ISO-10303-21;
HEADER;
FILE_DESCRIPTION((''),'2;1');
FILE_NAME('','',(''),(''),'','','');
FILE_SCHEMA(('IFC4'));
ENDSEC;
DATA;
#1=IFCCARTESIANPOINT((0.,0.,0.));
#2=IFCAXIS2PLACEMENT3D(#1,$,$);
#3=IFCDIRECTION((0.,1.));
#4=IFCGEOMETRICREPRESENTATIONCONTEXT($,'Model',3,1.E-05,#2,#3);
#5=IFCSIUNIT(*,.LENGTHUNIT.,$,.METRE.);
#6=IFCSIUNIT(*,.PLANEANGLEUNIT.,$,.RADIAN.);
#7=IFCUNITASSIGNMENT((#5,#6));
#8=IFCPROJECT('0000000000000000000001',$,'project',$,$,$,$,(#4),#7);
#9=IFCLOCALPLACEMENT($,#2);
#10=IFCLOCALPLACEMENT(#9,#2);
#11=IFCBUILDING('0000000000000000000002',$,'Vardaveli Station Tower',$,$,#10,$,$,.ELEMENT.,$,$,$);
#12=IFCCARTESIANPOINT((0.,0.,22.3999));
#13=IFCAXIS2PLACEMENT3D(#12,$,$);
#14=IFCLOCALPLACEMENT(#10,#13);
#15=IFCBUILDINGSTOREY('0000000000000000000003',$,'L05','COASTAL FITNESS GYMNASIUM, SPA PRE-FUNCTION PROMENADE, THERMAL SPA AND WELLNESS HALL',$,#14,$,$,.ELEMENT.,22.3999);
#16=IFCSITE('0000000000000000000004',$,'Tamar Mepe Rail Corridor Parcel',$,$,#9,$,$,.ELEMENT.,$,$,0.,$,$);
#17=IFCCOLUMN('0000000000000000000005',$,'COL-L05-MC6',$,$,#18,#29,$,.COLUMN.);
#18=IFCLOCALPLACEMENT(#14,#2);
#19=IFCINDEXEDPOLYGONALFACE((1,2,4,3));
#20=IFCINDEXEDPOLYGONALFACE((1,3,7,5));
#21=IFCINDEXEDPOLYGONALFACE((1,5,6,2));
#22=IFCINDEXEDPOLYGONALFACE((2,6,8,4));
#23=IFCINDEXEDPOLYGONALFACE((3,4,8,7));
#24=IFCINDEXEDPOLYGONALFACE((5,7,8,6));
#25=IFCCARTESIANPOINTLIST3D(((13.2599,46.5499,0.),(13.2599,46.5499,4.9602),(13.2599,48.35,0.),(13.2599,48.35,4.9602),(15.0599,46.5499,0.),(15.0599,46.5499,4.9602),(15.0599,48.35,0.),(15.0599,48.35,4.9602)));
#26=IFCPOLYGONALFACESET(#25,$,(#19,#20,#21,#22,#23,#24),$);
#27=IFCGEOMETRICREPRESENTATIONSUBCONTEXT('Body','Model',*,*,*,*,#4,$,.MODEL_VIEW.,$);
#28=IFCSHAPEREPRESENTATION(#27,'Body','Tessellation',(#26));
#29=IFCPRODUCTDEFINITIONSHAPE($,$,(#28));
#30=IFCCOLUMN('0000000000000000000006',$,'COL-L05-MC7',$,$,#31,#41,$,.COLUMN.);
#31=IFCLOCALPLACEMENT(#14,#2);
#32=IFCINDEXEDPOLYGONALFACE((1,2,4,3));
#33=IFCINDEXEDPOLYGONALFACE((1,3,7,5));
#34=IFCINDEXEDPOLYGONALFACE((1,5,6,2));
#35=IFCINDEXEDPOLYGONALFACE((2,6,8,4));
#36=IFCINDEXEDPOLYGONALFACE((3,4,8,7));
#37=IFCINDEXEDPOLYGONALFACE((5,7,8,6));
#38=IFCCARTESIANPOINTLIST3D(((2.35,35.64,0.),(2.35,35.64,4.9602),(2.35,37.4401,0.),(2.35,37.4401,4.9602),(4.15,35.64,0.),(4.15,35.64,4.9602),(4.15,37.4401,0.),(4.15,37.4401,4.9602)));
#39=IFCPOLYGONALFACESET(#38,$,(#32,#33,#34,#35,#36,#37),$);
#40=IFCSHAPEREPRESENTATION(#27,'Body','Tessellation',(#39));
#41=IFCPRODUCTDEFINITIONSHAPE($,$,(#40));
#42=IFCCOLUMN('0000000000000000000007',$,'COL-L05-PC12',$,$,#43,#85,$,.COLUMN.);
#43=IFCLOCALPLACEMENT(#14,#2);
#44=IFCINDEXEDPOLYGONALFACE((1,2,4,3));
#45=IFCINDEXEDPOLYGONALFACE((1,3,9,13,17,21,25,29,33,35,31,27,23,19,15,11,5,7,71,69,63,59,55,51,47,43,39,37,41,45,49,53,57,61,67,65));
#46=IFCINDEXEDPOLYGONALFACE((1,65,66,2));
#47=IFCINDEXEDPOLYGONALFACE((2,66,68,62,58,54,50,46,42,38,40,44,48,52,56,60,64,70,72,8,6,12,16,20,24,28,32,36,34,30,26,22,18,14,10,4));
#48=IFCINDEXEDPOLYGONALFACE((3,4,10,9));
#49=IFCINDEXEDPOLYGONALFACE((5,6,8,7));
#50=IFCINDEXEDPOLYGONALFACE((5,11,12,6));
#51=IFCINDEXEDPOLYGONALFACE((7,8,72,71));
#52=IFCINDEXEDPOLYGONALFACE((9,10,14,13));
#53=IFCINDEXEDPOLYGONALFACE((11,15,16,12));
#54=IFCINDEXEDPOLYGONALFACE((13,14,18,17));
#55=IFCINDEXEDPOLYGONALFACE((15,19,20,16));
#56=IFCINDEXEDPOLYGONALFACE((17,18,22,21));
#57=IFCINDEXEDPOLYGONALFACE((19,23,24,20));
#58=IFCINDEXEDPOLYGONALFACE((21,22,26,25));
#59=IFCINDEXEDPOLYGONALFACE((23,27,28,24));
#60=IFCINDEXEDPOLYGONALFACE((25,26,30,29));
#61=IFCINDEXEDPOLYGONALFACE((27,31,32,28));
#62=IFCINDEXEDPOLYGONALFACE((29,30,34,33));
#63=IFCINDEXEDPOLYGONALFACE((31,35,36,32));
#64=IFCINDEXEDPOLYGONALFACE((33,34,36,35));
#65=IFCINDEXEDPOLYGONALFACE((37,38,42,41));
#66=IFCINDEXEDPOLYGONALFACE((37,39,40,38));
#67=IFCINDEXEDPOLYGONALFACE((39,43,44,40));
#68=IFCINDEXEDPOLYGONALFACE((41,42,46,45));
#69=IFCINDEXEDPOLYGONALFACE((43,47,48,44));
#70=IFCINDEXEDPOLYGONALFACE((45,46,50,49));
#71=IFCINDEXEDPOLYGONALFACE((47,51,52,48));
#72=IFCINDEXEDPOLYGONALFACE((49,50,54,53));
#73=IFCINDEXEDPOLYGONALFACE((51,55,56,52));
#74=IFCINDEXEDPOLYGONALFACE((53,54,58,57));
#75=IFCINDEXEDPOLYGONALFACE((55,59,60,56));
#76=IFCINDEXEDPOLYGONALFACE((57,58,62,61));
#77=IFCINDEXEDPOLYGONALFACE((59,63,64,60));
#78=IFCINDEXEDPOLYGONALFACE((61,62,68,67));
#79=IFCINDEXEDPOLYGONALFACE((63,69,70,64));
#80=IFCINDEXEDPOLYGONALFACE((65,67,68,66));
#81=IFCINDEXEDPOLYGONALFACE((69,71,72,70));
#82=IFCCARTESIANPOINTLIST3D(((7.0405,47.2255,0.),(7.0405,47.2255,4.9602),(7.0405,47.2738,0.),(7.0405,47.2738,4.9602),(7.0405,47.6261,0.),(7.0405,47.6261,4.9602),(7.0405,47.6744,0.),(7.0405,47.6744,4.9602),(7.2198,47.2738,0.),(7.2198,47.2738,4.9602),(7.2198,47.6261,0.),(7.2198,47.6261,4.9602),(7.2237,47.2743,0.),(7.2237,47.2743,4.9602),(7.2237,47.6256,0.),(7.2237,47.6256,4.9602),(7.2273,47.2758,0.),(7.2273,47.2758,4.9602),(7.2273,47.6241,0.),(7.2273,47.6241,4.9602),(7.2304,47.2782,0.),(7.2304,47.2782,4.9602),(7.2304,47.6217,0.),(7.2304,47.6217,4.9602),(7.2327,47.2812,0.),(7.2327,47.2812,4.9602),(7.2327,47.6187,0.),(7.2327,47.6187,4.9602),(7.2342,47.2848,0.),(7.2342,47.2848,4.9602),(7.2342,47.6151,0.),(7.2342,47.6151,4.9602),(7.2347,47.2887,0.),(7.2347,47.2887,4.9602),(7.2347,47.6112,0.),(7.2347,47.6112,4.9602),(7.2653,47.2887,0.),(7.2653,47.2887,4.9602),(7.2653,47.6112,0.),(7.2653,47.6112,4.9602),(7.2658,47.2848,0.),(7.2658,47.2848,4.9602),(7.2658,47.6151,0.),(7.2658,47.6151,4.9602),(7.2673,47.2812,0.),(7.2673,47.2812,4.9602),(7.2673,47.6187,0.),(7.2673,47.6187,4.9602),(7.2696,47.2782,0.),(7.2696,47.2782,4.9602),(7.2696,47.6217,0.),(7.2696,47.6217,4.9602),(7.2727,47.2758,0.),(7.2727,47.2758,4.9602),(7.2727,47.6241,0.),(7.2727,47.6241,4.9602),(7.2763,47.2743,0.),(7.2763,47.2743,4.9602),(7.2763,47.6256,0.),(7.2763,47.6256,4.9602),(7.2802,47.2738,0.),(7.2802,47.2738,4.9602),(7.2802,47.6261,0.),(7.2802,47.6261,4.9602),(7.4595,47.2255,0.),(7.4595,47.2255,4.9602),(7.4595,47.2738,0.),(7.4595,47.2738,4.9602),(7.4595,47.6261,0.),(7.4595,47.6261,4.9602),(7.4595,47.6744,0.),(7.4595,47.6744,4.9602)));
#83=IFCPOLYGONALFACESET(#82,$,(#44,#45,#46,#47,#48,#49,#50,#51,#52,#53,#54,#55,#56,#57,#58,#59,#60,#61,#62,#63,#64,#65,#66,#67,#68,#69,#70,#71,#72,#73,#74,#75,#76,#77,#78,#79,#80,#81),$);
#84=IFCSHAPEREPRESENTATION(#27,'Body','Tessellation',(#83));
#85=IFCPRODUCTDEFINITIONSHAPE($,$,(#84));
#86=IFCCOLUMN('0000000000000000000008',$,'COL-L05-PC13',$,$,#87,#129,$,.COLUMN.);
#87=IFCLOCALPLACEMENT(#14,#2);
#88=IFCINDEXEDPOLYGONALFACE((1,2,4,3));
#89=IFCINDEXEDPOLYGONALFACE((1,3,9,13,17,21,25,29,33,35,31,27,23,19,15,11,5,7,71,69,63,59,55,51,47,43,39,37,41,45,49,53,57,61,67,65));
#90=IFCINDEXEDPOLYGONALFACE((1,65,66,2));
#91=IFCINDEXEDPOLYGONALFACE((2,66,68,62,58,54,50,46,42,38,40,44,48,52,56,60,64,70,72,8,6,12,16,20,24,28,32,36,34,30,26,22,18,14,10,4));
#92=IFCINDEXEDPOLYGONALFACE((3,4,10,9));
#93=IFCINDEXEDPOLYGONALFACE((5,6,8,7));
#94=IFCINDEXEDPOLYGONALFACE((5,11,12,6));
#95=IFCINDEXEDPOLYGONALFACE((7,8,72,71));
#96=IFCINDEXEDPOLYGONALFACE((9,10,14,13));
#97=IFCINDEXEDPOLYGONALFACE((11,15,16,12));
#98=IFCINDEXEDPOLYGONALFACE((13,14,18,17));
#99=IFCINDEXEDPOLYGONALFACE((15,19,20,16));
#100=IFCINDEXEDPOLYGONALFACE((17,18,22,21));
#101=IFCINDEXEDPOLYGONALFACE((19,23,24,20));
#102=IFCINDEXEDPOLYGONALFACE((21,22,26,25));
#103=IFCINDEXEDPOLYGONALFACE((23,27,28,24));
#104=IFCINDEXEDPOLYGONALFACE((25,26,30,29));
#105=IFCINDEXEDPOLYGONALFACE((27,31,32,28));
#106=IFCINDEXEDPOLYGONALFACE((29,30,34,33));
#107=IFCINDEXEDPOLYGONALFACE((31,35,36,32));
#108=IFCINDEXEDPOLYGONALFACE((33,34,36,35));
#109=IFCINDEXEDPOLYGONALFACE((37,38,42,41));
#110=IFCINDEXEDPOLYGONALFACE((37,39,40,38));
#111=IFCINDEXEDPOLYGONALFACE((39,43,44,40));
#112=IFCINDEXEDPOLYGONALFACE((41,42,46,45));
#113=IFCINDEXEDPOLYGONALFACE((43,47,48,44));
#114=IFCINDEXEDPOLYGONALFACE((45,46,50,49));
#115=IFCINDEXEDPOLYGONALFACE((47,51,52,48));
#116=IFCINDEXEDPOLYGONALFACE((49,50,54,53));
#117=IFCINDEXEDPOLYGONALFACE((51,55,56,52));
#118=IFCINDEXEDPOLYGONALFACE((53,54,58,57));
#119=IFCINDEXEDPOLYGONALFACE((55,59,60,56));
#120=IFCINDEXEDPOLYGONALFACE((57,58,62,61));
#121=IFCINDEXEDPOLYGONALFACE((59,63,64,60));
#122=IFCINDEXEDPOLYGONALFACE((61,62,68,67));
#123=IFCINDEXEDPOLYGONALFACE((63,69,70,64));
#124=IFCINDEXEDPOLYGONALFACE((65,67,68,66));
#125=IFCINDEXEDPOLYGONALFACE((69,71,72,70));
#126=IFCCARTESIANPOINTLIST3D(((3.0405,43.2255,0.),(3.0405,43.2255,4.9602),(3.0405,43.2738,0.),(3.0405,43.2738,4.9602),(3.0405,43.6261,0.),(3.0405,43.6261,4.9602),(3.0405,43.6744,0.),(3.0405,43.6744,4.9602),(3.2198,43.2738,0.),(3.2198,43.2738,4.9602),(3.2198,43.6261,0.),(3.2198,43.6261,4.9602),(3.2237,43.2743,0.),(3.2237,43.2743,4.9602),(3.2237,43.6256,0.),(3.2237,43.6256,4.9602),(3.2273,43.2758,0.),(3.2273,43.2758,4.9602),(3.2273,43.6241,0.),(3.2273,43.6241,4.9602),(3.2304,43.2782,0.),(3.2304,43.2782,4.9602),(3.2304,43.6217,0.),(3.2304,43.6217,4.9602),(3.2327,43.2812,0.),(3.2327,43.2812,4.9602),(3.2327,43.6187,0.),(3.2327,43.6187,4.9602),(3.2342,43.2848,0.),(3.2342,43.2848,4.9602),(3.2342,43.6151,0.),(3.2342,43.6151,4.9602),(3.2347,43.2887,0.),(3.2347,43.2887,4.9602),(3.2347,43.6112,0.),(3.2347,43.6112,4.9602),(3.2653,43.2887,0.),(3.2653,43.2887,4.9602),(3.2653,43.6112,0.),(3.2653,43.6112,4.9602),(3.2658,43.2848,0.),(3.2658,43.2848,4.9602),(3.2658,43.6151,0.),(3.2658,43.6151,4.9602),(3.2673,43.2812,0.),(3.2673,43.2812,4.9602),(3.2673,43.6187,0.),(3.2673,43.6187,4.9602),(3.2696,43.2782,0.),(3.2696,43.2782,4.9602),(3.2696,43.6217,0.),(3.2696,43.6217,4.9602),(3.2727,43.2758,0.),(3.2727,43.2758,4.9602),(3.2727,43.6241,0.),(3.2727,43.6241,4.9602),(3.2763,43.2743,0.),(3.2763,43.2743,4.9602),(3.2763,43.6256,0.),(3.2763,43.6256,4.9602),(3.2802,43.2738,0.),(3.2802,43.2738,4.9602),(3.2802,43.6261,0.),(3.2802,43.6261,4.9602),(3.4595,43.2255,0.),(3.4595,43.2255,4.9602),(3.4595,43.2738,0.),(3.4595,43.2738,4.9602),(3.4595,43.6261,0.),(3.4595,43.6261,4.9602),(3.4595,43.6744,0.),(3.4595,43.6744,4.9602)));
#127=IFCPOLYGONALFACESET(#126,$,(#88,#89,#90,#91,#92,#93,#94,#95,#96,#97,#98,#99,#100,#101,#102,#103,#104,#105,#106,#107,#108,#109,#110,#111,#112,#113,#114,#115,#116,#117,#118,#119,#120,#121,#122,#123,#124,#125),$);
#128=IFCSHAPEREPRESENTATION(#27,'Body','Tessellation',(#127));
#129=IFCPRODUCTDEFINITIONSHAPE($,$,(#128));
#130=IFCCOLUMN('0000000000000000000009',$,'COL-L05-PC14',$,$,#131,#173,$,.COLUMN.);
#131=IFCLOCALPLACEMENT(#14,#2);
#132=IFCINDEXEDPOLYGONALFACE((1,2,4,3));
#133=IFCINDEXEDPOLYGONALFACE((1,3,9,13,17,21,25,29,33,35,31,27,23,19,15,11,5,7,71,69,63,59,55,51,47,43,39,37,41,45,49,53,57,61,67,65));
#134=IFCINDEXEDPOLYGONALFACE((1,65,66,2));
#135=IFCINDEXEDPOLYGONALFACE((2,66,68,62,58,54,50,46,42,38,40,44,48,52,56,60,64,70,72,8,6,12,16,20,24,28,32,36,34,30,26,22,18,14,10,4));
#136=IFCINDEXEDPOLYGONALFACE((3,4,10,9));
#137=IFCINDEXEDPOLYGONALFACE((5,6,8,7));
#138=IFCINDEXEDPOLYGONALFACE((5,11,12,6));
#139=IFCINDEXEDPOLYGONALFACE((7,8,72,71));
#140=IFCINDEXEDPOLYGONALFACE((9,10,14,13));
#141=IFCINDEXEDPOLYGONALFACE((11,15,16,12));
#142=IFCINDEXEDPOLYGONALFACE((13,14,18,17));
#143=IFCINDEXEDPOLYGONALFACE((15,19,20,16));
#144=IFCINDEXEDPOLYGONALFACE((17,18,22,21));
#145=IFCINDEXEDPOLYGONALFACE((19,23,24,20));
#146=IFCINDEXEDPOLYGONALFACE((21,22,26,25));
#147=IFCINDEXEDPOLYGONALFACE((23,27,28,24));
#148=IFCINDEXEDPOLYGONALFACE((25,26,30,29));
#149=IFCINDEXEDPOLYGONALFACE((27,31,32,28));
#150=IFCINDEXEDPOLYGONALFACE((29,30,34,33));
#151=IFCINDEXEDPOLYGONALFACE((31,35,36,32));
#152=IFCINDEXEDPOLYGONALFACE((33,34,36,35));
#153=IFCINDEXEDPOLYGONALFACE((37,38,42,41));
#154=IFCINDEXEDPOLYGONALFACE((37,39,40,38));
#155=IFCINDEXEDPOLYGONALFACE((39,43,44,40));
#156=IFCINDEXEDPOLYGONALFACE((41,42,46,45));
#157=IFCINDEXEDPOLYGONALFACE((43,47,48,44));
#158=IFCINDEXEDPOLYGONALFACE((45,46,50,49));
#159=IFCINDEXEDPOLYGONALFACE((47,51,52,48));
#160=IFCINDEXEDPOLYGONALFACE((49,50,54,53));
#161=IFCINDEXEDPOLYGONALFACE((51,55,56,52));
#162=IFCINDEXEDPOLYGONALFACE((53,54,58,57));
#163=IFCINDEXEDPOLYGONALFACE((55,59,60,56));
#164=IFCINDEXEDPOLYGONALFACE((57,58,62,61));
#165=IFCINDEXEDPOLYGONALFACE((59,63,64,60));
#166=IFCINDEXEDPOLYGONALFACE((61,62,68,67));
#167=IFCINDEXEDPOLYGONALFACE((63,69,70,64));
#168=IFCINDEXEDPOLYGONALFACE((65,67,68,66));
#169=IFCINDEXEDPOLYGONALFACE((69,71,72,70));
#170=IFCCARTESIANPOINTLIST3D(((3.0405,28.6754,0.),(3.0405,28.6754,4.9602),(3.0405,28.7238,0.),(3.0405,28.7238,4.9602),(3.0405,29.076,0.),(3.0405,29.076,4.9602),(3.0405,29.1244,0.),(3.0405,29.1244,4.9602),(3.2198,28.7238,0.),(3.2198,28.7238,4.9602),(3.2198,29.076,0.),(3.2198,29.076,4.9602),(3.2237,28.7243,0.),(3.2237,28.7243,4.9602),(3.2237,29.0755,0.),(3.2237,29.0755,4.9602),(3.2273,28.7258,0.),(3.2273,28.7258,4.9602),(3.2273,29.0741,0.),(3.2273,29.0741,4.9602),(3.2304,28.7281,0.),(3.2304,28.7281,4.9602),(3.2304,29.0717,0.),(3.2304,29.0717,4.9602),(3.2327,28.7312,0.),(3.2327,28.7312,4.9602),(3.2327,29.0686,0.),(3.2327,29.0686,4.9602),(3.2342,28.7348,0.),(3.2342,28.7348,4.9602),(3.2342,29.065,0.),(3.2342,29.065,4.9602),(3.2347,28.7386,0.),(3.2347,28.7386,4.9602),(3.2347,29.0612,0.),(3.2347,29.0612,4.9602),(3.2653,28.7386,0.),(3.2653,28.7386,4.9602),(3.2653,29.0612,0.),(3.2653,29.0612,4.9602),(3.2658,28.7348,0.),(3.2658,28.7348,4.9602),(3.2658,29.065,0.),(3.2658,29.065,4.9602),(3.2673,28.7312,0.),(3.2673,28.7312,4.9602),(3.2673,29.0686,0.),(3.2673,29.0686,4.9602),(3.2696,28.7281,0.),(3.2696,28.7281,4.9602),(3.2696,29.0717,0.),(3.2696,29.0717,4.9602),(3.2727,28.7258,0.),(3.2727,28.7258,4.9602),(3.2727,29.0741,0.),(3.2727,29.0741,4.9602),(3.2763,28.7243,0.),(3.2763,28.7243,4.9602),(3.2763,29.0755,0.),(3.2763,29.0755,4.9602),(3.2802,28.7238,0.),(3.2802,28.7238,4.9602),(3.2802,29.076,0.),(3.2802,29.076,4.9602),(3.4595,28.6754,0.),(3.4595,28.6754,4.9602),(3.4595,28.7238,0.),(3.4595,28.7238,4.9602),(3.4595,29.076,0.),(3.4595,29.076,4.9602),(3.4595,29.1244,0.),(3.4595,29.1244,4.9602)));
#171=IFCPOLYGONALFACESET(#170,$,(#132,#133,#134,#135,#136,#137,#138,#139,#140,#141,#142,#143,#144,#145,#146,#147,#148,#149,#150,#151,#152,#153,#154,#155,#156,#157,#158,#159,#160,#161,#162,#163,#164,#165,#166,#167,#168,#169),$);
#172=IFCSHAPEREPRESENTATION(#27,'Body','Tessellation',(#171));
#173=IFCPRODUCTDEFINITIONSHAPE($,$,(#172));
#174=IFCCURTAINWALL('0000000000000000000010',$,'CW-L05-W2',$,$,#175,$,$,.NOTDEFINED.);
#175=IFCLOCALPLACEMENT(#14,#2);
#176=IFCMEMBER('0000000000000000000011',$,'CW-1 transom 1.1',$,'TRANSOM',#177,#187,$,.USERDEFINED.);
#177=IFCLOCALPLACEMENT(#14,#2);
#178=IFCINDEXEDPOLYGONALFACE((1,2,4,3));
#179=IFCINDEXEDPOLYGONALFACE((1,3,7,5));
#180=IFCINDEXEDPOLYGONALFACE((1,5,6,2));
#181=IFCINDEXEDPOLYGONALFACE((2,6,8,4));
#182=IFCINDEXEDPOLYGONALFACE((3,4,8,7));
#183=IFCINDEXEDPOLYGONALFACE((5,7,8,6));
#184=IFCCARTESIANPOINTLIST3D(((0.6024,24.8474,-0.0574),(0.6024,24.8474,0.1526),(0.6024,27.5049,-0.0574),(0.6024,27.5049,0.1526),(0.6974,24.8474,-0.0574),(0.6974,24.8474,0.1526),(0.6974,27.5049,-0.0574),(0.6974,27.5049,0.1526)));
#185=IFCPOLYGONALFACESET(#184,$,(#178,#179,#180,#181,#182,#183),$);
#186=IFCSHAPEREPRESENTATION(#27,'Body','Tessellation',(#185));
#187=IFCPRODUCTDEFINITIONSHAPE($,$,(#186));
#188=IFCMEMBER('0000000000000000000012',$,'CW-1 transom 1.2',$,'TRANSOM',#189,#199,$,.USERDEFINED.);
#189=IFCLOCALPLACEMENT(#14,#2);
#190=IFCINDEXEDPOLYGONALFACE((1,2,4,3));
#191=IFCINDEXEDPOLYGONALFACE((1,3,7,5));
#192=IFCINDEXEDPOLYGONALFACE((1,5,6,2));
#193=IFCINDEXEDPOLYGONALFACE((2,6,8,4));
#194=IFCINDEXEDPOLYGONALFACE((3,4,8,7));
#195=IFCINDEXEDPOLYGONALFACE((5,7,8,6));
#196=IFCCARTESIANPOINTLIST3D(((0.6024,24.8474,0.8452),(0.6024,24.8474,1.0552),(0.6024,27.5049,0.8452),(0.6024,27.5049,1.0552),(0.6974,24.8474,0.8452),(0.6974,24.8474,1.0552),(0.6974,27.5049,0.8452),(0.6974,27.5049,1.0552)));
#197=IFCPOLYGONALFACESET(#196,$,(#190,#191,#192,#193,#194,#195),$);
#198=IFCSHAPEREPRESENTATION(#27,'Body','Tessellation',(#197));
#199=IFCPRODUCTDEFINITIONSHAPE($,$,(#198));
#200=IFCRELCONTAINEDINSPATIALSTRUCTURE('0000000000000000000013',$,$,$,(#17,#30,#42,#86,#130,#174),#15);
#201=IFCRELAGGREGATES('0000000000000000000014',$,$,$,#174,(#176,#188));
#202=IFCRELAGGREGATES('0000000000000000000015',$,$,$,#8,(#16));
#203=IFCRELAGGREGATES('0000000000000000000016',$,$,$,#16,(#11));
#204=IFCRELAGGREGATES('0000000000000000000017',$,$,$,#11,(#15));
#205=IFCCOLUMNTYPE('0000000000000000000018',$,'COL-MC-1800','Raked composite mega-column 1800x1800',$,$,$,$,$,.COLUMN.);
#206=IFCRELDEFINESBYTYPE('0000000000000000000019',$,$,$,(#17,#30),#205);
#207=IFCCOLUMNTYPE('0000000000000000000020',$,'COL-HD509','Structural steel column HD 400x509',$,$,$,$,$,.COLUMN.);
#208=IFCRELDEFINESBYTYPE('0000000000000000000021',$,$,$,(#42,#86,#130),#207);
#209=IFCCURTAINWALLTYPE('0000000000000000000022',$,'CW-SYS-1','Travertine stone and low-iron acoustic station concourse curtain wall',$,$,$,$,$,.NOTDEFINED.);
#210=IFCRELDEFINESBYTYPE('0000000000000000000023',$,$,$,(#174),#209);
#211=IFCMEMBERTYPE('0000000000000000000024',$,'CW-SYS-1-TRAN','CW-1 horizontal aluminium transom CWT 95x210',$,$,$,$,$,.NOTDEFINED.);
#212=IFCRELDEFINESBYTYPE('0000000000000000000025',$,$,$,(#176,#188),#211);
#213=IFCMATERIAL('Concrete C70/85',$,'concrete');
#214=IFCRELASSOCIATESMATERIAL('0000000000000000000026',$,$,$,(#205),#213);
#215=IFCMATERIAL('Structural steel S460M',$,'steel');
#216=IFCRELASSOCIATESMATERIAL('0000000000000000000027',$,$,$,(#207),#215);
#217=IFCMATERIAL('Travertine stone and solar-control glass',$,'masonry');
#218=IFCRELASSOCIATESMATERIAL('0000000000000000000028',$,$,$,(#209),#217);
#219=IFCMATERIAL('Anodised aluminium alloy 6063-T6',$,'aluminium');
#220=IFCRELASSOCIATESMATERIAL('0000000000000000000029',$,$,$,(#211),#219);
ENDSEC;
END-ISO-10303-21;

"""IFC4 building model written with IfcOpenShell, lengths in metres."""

from ifc_helpers import new_model, si_unit, direction, frame, origin, origin_2d, place, context, subcontext, project, spatial, rectangle, i_section, extrude, source, transform, mapped, material, material_profile, profile_set, type_object, element, aggregate, save


model = new_model("IFC4")

# Units and contexts
model_context = context("Model", 3, precision=1e-05, world=origin(), true_north=direction((0.0, 1.0)))
body_context = subcontext(model_context, "Body", "Model", "MODEL_VIEW")
ifc_project = project(units=[si_unit("LENGTHUNIT", "METRE"), si_unit("PLANEANGLEUNIT", "RADIAN")], contexts=[model_context])

# Site, building, storey
site_placement = place(None, origin())
site = spatial("IfcSite", under=ifc_project, at=site_placement, Name="Tamar Mepe Rail Corridor Parcel", CompositionType="ELEMENT", RefElevation=0.0)
building_placement = place(site_placement, origin())
building = spatial("IfcBuilding", under=site, at=building_placement, Name="Vardaveli Station Tower", CompositionType="ELEMENT")
storey_placement = place(building_placement, frame((0.0, 0.0, 22.3999)))
storey = spatial("IfcBuildingStorey", under=building, at=storey_placement, Name="L05", Description="COASTAL FITNESS GYMNASIUM, SPA PRE-FUNCTION PROMENADE, THERMAL SPA AND WELLNESS HALL", CompositionType="ELEMENT", Elevation=22.3999)

# Columns
ifc_material_1 = material(Name="Concrete C70/85", Category="concrete")
ifc_material_profile_1 = material_profile(ifc_material_1, rectangle(XDim=1.8, YDim=1.8, at=origin_2d()), Name="MC 1800x1800")
ifc_profile_set_1 = profile_set([ifc_material_profile_1], Name="Concrete C70/85")
column_type_1 = type_object("IfcColumnType", Name="COL-MC-1800", Description="Raked composite mega-column 1800x1800", PredefinedType="COLUMN", material=ifc_profile_set_1)
shared_shape_1 = source(origin(), body_context, "Body", "SweptSolid", [
    extrude(rectangle(XDim=1.8, YDim=1.8, at=origin_2d()), origin(), (0.0, 0.0, 1.0), 4.9602),
])
for number, where, z_axis, x_axis, name in (
    (1, (14.1599, 47.45, 0.0), (0.0, 0.0, 1.0), (1.0, 0.0, 0.0), "COL-L05-MC6"),
    (2, (3.25, 36.54, 0.0), (0.0, 0.0, 1.0), (1.0, 0.0, 0.0), "COL-L05-MC7"),
):
    element("IfcColumn", number, at=place(storey_placement, frame(where, z_axis=z_axis, x_axis=x_axis)), inside=storey, type_object=column_type_1, Name=name, PredefinedType="COLUMN", context=body_context, shape_type="MappedRepresentation", body=[
        mapped(shared_shape_1, transform((0.0, 0.0, 0.0), scale=1.0)),
    ])
ifc_material_2 = material(Name="Structural steel S460M", Category="steel")
ifc_material_profile_2 = material_profile(ifc_material_2, i_section(OverallWidth=0.4189, OverallDepth=0.449, WebThickness=0.0305, FlangeThickness=0.0483, FilletRadius=0.0149, at=origin_2d()), Name="HD 400x509")
ifc_profile_set_2 = profile_set([ifc_material_profile_2], Name="Structural steel S460M")
column_type_2 = type_object("IfcColumnType", Name="COL-HD509", Description="Structural steel column HD 400x509", PredefinedType="COLUMN", material=ifc_profile_set_2)
shared_shape_2 = source(origin(), body_context, "Body", "SweptSolid", [
    extrude(i_section(OverallWidth=0.4189, OverallDepth=0.449, WebThickness=0.0305, FlangeThickness=0.0483, FilletRadius=0.0149, at=origin_2d()), origin(), (0.0, 0.0, 1.0), 4.9602),
])
for number, where, z_axis, x_axis, name in (
    (3, (7.25, 47.45, 0.0), (0.0, 0.0, 1.0), (1.0, 0.0, 0.0), "COL-L05-PC12"),
    (4, (3.25, 43.45, 0.0), (0.0, 0.0, 1.0), (1.0, 0.0, 0.0), "COL-L05-PC13"),
    (5, (3.25, 28.8999, 0.0), (0.0, 0.0, 1.0), (1.0, 0.0, 0.0), "COL-L05-PC14"),
):
    element("IfcColumn", number, at=place(storey_placement, frame(where, z_axis=z_axis, x_axis=x_axis)), inside=storey, type_object=column_type_2, Name=name, PredefinedType="COLUMN", context=body_context, shape_type="MappedRepresentation", body=[
        mapped(shared_shape_2, transform((0.0, 0.0, 0.0), scale=1.0)),
    ])

# Curtain wall, members
ifc_material_3 = material(Name="Travertine stone and solar-control glass", Category="masonry")
curtain_wall_type = type_object("IfcCurtainWallType", Name="CW-SYS-1", Description="Travertine stone and low-iron acoustic station concourse curtain wall", PredefinedType="NOTDEFINED", material=ifc_material_3)
curtain_wall_placement = place(storey_placement, origin())
curtain_wall = element("IfcCurtainWall", 6, at=curtain_wall_placement, inside=storey, type_object=curtain_wall_type, Name="CW-L05-W2", PredefinedType="NOTDEFINED")
ifc_material_4 = material(Name="Anodised aluminium alloy 6063-T6", Category="aluminium")
ifc_material_profile_3 = material_profile(ifc_material_4, rectangle(XDim=0.095, YDim=0.21, at=origin_2d()), Name="CWT 95x210")
ifc_profile_set_3 = profile_set([ifc_material_profile_3], Name="Anodised aluminium alloy 6063-T6")
member_type_1 = type_object("IfcMemberType", Name="CW-SYS-1-TRAN", Description="CW-1 horizontal aluminium transom CWT 95x210", PredefinedType="NOTDEFINED", material=ifc_profile_set_3)
shared_shape_3 = source(origin(), body_context, "Body", "SweptSolid", [
    extrude(rectangle(XDim=0.095, YDim=0.21, at=origin_2d()), origin(), (0.0, 0.0, 1.0), 2.6575),
])
member_1_placement = place(storey_placement, frame((0.6499, 27.5049, 0.0476), z_axis=(0.0, -1.0, 0.0), x_axis=(1.0, 0.0, 0.0)))
member_1 = element("IfcMember", 7, at=member_1_placement, type_object=member_type_1, Name="CW-1 transom 1.1", ObjectType="TRANSOM", PredefinedType="USERDEFINED", context=body_context, shape_type="MappedRepresentation", body=[
    mapped(shared_shape_3, transform((0.0, 0.0, 0.0), scale=1.0)),
])
member_2_placement = place(storey_placement, frame((0.6499, 27.5049, 0.9502), z_axis=(0.0, -1.0, 0.0), x_axis=(1.0, 0.0, 0.0)))
member_2 = element("IfcMember", 8, at=member_2_placement, type_object=member_type_1, Name="CW-1 transom 1.2", ObjectType="TRANSOM", PredefinedType="USERDEFINED", context=body_context, shape_type="MappedRepresentation", body=[
    mapped(shared_shape_3, transform((0.0, 0.0, 0.0), scale=1.0)),
])
aggregate(curtain_wall, [member_1, member_2])

save(model, "model.ifc")
